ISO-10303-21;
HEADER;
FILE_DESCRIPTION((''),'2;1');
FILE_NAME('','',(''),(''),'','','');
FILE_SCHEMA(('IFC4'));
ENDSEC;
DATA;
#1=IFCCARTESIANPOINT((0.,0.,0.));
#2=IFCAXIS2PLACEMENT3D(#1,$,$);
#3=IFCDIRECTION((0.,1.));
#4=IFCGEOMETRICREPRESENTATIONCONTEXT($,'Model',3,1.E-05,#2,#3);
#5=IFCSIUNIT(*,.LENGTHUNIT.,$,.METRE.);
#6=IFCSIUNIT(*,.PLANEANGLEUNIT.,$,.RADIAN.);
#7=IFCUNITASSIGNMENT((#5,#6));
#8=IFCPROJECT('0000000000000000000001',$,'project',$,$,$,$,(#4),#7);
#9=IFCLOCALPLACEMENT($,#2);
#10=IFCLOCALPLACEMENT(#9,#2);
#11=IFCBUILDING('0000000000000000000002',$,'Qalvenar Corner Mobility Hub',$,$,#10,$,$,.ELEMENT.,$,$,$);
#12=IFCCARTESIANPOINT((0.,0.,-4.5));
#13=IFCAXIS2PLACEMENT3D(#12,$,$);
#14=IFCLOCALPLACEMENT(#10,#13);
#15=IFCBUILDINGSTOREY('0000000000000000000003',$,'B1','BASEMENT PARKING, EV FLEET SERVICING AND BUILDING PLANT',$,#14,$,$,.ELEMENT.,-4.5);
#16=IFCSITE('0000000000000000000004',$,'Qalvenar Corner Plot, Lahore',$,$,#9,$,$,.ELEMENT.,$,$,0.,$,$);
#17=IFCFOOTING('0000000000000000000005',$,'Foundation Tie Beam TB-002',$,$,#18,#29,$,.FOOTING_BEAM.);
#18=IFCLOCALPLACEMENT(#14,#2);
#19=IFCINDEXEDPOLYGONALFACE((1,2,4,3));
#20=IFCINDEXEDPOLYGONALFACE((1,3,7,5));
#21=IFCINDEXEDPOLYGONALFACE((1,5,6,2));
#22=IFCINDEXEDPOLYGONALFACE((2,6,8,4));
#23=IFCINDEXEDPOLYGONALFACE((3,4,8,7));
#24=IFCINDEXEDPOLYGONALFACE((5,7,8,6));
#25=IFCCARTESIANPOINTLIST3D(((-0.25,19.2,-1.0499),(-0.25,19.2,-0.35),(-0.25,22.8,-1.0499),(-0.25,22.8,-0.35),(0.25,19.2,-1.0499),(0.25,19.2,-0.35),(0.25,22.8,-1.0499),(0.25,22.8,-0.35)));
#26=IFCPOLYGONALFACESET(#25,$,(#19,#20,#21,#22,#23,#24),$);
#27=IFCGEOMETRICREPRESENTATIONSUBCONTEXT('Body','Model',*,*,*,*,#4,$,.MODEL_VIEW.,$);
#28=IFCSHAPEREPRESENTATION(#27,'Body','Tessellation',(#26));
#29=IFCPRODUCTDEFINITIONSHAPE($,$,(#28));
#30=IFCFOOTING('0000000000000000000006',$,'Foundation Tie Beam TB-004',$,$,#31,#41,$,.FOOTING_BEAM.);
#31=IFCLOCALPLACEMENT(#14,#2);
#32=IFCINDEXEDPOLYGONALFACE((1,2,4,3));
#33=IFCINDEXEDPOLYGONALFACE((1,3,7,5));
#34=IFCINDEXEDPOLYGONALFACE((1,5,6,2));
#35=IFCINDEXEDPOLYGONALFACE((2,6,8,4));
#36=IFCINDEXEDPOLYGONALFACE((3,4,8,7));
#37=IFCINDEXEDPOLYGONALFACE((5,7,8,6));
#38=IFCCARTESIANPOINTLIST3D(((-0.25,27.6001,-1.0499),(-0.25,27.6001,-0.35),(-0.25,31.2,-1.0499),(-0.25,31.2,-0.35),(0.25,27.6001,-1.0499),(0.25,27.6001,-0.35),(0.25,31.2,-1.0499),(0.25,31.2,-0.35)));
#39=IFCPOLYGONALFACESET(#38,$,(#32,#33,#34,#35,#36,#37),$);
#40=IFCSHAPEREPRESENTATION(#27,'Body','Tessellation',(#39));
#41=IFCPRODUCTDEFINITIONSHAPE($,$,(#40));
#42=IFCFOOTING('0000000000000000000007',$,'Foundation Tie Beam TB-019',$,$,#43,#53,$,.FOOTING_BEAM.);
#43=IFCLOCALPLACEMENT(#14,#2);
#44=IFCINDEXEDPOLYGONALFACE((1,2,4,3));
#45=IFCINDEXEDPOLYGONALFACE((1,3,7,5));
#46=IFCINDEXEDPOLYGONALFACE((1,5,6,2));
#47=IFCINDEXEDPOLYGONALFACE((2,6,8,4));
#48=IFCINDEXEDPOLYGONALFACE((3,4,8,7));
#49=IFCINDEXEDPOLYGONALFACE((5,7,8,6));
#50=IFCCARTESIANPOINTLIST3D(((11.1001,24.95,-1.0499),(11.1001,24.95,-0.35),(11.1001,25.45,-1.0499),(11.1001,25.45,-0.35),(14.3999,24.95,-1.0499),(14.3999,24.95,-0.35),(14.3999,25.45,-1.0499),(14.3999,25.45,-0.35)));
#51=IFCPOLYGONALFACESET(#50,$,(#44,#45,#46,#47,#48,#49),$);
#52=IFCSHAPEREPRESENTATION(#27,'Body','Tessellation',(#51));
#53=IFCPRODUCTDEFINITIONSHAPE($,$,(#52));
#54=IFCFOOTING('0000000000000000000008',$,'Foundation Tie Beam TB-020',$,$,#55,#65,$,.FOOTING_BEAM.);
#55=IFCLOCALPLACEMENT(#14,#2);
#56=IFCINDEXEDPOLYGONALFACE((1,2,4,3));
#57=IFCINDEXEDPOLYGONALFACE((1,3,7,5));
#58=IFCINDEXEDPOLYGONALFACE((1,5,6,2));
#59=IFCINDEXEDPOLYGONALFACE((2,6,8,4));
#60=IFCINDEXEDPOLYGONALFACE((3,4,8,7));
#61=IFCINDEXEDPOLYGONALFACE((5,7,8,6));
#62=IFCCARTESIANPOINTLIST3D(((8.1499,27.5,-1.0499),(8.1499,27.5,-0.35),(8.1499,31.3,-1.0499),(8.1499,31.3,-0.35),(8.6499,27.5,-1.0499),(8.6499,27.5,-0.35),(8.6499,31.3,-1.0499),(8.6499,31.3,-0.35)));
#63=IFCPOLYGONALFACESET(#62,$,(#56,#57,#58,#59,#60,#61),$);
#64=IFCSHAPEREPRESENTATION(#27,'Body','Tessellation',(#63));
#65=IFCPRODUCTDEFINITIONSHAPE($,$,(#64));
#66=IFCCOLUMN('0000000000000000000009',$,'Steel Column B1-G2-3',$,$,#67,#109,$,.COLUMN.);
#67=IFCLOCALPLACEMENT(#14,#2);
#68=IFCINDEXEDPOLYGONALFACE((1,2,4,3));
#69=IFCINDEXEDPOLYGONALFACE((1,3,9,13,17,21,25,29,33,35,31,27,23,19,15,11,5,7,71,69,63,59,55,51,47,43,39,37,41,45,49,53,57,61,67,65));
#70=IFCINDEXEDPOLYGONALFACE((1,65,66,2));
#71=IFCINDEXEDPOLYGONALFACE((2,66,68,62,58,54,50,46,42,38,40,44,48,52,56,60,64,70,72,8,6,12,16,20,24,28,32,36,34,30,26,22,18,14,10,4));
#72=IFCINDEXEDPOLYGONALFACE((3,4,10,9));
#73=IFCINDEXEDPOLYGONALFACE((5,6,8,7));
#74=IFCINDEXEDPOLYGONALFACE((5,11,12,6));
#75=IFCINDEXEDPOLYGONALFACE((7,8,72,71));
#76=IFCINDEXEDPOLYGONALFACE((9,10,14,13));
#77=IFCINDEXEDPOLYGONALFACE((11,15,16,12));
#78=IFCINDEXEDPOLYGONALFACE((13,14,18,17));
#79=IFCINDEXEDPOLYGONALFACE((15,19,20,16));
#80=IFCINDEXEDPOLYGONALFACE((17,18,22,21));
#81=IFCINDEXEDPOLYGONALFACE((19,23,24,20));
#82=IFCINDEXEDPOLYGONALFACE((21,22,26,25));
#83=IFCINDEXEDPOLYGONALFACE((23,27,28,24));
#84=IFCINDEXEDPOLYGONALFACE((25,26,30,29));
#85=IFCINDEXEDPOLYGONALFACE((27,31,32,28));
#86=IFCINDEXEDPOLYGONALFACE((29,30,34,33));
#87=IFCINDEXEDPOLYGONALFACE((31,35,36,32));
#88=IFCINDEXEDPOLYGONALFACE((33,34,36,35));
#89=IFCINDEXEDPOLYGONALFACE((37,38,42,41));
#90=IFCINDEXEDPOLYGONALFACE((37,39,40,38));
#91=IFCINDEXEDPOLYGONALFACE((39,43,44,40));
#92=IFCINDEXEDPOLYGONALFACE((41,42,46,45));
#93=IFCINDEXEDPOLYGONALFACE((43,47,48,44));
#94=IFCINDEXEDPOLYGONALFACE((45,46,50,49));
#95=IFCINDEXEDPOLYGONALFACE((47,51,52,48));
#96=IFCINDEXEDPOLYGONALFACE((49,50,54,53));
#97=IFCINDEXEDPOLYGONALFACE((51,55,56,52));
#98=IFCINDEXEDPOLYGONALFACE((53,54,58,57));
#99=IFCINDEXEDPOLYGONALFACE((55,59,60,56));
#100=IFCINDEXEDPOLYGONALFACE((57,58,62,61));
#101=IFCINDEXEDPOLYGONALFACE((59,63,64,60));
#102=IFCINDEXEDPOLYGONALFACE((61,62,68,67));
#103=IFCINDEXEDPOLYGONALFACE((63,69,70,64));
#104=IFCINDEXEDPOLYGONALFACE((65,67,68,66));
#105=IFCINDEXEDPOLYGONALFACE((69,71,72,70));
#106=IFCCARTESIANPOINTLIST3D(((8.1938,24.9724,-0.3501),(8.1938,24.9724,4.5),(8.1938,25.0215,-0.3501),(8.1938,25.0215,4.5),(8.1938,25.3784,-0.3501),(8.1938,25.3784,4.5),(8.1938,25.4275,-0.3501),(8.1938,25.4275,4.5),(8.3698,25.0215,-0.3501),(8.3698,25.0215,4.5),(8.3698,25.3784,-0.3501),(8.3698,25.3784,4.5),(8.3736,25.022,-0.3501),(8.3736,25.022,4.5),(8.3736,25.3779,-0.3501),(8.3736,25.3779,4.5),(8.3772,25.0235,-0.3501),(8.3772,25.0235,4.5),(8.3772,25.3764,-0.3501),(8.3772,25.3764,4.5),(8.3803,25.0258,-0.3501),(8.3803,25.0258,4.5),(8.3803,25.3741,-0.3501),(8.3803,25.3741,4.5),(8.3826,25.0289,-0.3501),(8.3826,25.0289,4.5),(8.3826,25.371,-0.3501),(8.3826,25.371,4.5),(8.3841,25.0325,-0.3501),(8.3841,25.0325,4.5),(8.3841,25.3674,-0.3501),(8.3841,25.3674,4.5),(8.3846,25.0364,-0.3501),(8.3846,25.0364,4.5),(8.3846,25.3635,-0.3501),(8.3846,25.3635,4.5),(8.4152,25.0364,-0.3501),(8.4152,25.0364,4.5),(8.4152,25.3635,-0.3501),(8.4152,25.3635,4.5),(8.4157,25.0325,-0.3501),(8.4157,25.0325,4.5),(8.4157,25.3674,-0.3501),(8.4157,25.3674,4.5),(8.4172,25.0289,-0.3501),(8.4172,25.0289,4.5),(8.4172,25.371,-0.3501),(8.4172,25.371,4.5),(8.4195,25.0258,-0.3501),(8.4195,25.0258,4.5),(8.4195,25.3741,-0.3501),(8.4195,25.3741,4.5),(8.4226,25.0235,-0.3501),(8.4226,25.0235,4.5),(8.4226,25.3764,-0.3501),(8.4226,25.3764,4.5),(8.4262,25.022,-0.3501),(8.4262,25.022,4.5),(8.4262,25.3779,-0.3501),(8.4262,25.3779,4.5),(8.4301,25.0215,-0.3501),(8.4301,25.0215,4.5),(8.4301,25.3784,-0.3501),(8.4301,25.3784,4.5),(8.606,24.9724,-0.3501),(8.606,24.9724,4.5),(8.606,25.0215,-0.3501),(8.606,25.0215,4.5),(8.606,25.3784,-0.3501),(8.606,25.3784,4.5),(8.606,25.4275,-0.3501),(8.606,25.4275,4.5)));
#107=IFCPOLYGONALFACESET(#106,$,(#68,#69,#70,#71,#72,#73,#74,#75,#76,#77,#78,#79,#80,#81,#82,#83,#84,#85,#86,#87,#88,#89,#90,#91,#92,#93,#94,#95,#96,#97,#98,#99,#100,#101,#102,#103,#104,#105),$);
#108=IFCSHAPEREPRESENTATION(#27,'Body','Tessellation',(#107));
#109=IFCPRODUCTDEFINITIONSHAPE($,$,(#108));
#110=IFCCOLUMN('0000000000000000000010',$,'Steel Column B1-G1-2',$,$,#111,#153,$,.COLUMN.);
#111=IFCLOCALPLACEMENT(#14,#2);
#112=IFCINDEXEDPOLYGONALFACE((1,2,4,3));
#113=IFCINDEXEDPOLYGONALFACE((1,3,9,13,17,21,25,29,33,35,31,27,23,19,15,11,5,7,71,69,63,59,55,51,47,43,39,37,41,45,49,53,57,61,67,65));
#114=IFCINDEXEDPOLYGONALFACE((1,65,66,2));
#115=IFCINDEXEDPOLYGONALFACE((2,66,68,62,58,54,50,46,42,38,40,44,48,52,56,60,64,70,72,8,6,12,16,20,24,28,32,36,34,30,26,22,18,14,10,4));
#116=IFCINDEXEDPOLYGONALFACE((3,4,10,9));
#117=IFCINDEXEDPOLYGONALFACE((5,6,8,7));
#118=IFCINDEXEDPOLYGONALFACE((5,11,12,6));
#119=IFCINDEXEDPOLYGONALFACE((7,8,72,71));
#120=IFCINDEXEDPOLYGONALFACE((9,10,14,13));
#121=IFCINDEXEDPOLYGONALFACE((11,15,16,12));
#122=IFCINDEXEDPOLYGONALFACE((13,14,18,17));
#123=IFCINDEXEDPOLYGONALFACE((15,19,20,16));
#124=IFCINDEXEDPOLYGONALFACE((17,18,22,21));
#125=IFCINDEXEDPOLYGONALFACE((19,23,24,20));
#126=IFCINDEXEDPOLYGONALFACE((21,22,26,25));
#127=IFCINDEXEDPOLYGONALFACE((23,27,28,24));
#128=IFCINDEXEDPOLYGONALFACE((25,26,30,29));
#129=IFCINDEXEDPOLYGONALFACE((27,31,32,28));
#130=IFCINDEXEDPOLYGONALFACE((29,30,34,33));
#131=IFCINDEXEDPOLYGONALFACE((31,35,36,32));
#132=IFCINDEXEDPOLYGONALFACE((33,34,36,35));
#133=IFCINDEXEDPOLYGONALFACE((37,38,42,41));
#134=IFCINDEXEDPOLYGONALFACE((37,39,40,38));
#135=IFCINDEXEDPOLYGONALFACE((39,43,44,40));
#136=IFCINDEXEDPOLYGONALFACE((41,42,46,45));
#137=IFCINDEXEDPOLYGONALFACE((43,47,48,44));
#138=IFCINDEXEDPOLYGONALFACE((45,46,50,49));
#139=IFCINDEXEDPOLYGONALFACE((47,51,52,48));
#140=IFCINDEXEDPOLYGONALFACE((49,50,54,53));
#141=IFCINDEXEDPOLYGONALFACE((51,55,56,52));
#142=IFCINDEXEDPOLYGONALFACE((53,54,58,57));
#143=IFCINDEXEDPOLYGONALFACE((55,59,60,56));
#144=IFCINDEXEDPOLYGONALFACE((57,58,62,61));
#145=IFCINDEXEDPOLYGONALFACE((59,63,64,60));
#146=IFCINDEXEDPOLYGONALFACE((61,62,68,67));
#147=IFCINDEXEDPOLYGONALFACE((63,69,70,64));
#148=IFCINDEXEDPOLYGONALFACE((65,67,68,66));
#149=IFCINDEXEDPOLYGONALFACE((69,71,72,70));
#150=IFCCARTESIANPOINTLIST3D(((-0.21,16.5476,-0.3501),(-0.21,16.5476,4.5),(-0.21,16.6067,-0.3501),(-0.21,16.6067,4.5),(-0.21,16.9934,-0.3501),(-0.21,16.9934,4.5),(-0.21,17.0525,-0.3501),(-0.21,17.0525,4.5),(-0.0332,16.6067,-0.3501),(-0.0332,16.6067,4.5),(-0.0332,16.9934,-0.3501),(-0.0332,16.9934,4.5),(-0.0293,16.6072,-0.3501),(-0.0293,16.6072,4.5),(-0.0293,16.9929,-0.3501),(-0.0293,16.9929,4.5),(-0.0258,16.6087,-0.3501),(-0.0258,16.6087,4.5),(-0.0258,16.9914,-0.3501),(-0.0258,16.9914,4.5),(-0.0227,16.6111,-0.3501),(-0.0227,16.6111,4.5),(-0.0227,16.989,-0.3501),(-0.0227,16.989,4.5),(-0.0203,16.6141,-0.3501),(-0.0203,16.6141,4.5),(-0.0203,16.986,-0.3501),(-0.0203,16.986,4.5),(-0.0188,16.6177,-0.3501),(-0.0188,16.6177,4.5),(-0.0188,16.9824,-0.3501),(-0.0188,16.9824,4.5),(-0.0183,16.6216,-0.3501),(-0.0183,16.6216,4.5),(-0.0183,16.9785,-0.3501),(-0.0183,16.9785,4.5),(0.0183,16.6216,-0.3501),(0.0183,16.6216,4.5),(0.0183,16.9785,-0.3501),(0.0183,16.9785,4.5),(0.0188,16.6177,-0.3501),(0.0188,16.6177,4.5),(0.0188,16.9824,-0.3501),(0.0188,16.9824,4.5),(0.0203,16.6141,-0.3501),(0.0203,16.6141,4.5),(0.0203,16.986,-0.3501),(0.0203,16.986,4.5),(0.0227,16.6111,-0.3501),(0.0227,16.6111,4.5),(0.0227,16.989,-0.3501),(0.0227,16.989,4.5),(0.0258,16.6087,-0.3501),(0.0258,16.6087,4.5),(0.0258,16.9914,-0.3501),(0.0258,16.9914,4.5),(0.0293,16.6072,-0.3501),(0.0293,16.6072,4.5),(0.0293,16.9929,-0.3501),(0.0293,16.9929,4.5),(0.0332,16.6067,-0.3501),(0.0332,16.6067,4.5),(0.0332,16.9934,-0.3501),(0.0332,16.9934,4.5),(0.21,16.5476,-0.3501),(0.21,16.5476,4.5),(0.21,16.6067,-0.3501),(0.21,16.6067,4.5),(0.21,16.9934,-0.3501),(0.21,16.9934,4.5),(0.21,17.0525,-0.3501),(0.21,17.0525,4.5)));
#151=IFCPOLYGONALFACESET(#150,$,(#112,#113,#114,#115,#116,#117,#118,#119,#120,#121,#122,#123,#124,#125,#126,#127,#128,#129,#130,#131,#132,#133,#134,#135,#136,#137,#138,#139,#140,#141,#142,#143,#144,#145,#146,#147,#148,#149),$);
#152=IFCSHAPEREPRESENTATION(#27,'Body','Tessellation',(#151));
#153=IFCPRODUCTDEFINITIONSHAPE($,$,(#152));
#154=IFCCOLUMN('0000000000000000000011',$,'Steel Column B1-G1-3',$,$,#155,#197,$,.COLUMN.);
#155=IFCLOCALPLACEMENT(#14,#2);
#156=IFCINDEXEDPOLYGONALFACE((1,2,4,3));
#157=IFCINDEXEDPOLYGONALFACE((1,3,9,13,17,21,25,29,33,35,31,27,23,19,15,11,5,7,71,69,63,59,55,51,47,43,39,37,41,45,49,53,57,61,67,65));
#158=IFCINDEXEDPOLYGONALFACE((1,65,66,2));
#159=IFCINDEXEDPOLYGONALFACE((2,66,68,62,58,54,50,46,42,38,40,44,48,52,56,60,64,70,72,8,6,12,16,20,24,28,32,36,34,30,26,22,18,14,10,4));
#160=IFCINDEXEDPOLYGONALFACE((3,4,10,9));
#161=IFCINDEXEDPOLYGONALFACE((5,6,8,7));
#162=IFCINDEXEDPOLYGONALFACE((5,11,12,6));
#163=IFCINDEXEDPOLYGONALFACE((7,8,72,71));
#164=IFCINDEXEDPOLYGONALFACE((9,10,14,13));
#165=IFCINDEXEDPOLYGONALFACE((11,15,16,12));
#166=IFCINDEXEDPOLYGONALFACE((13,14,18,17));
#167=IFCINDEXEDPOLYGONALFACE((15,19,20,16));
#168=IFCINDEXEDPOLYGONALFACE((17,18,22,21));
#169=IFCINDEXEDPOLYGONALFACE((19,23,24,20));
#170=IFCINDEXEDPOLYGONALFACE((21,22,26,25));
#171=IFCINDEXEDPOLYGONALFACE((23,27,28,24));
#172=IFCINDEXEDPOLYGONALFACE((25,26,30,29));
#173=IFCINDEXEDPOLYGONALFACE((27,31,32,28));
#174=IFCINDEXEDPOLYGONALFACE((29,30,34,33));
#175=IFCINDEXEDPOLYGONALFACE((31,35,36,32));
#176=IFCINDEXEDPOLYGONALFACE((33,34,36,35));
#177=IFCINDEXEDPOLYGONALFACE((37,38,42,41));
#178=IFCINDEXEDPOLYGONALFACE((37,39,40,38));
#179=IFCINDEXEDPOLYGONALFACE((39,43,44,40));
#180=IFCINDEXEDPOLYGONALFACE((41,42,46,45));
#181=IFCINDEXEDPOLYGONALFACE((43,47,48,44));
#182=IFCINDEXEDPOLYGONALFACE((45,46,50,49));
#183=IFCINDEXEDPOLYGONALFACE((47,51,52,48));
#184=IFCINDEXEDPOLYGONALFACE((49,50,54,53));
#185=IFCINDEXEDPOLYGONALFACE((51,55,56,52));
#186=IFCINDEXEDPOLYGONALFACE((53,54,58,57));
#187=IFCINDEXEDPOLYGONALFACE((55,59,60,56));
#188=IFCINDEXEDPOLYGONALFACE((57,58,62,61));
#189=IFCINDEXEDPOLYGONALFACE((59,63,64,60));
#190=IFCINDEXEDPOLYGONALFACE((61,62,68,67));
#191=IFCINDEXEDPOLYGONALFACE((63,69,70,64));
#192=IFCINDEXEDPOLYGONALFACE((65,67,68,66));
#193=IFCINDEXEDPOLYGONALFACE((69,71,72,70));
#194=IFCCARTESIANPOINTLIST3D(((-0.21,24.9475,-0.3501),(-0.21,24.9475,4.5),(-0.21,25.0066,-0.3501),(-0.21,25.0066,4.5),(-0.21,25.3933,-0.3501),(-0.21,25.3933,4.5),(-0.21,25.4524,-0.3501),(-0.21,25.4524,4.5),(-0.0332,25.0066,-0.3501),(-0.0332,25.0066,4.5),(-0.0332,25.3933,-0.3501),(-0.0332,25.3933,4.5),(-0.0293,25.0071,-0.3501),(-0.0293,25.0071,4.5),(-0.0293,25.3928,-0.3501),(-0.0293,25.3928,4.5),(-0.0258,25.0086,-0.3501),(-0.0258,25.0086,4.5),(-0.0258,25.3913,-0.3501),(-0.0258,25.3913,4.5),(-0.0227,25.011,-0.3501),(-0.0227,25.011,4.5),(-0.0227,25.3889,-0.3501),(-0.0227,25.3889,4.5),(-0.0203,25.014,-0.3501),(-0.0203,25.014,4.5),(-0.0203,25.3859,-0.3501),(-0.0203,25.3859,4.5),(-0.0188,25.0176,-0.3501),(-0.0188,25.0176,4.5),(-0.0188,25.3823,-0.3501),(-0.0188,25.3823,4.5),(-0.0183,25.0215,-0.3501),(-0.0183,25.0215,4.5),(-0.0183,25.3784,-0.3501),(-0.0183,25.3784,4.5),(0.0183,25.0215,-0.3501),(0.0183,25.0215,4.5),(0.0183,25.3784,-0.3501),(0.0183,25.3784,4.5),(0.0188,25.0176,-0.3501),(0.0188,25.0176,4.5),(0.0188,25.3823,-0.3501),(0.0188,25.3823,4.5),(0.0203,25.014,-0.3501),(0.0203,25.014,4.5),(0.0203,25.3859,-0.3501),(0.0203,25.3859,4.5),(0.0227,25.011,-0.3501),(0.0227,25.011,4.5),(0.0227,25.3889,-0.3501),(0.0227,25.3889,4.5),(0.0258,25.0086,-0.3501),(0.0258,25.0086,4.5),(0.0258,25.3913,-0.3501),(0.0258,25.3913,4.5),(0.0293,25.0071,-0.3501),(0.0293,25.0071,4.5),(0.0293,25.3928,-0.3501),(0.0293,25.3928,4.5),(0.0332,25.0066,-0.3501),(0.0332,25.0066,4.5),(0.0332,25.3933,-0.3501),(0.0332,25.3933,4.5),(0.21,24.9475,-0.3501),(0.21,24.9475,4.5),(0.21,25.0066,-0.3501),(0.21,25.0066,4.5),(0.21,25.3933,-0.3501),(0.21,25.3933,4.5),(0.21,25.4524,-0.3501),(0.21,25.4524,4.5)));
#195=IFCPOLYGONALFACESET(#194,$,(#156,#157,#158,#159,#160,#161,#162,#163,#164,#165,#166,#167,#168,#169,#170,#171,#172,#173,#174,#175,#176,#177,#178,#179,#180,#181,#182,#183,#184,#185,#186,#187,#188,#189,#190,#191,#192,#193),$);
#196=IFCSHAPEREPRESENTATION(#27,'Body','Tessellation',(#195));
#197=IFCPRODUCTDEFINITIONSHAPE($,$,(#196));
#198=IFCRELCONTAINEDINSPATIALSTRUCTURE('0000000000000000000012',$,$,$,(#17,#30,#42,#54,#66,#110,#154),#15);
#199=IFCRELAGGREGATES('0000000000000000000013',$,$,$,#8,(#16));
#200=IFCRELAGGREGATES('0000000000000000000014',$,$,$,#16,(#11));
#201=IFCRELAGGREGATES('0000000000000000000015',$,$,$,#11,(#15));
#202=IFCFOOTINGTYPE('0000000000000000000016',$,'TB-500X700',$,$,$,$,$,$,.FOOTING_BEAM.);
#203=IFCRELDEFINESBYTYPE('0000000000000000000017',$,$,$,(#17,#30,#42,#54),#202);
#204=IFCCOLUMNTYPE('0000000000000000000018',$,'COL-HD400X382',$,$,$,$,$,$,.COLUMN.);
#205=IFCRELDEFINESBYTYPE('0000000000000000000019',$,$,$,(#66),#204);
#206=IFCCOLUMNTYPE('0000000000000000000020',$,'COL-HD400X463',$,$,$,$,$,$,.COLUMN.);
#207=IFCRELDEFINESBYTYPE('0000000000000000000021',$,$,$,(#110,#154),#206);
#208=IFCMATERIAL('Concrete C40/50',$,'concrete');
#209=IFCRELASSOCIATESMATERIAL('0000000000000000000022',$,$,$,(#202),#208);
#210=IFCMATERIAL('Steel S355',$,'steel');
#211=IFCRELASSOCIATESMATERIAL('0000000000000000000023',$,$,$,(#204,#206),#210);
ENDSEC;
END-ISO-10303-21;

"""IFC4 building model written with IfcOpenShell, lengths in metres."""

from ifc_helpers import new_model, si_unit, direction, frame, origin, origin_2d, place, context, subcontext, project, spatial, rectangle, i_section, extrude, material, material_profile, profile_set, type_object, element, save


model = new_model("IFC4")

# Units and contexts
model_context = context("Model", 3, precision=1e-05, world=origin(), true_north=direction((0.0, 1.0)))
body_context = subcontext(model_context, "Body", "Model", "MODEL_VIEW")
ifc_project = project(units=[si_unit("LENGTHUNIT", "METRE"), si_unit("PLANEANGLEUNIT", "RADIAN")], contexts=[model_context])

# Site, building, storey
site_placement = place(None, origin())
site = spatial("IfcSite", under=ifc_project, at=site_placement, Name="Qalvenar Corner Plot, Lahore", CompositionType="ELEMENT", RefElevation=0.0)
building_placement = place(site_placement, origin())
building = spatial("IfcBuilding", under=site, at=building_placement, Name="Qalvenar Corner Mobility Hub", CompositionType="ELEMENT")
storey_placement = place(building_placement, frame((0.0, 0.0, -4.5)))
storey = spatial("IfcBuildingStorey", under=building, at=storey_placement, Name="B1", Description="BASEMENT PARKING, EV FLEET SERVICING AND BUILDING PLANT", CompositionType="ELEMENT", Elevation=-4.5)

# Shared definitions
ifc_material_1 = material(Name="Concrete C40/50", Category="concrete")

# Footings
ifc_material_profile_1 = material_profile(ifc_material_1, rectangle(XDim=0.5, YDim=0.7, at=origin_2d()), Name="RC500x700")
ifc_profile_set_1 = profile_set([ifc_material_profile_1], Name="Concrete C40/50")
footing_type_1 = type_object("IfcFootingType", Name="TB-500X700", PredefinedType="FOOTING_BEAM", material=ifc_profile_set_1)
footing_1_placement = place(storey_placement, frame((0.0, 19.2, -0.7), z_axis=(0.0, 1.0, 0.0), x_axis=(-1.0, 0.0, 0.0)))
element("IfcFooting", 1, at=footing_1_placement, inside=storey, type_object=footing_type_1, Name="Foundation Tie Beam TB-002", PredefinedType="FOOTING_BEAM", context=body_context, shape_type="SweptSolid", body=[
    extrude(rectangle(XDim=0.5, YDim=0.7, at=origin_2d()), origin(), (0.0, 0.0, 1.0), 3.6001),
])
footing_2_placement = place(storey_placement, frame((0.0, 27.6001, -0.7), z_axis=(0.0, 1.0, 0.0), x_axis=(-1.0, 0.0, 0.0)))
element("IfcFooting", 2, at=footing_2_placement, inside=storey, type_object=footing_type_1, Name="Foundation Tie Beam TB-004", PredefinedType="FOOTING_BEAM", context=body_context, shape_type="SweptSolid", body=[
    extrude(rectangle(XDim=0.5, YDim=0.7, at=origin_2d()), origin(), (0.0, 0.0, 1.0), 3.5999),
])
footing_3_placement = place(storey_placement, frame((11.1001, 25.2, -0.7), z_axis=(1.0, 0.0, 0.0), x_axis=(0.0, 1.0, 0.0)))
element("IfcFooting", 3, at=footing_3_placement, inside=storey, type_object=footing_type_1, Name="Foundation Tie Beam TB-019", PredefinedType="FOOTING_BEAM", context=body_context, shape_type="SweptSolid", body=[
    extrude(rectangle(XDim=0.5, YDim=0.7, at=origin_2d()), origin(), (0.0, 0.0, 1.0), 3.2998),
])
footing_4_placement = place(storey_placement, frame((8.3999, 27.5, -0.7), z_axis=(0.0, 1.0, 0.0), x_axis=(-1.0, 0.0, 0.0)))
element("IfcFooting", 4, at=footing_4_placement, inside=storey, type_object=footing_type_1, Name="Foundation Tie Beam TB-020", PredefinedType="FOOTING_BEAM", context=body_context, shape_type="SweptSolid", body=[
    extrude(rectangle(XDim=0.5, YDim=0.7, at=origin_2d()), origin(), (0.0, 0.0, 1.0), 3.8),
])

# Columns
ifc_material_2 = material(Name="Steel S355", Category="steel")
ifc_material_profile_2 = material_profile(ifc_material_2, i_section(OverallWidth=0.4121, OverallDepth=0.4551, WebThickness=0.0305, FlangeThickness=0.0491, FilletRadius=0.0149, at=origin_2d()), Name="HD400x421")
ifc_profile_set_2 = profile_set([ifc_material_profile_2], Name="Steel S355")
column_type_1 = type_object("IfcColumnType", Name="COL-HD400X382", PredefinedType="COLUMN", material=ifc_profile_set_2)
column_placement = place(storey_placement, frame((8.3999, 25.2, -0.3501), z_axis=(0.0, 0.0, 1.0), x_axis=(1.0, 0.0, 0.0)))
element("IfcColumn", 5, at=column_placement, inside=storey, type_object=column_type_1, Name="Steel Column B1-G2-3", PredefinedType="COLUMN", context=body_context, shape_type="SweptSolid", body=[
    extrude(i_section(OverallWidth=0.4121, OverallDepth=0.4551, WebThickness=0.0305, FlangeThickness=0.0491, FilletRadius=0.0149, at=origin_2d()), origin(), (0.0, 0.0, 1.0), 4.8501),
])
ifc_material_profile_3 = material_profile(ifc_material_2, i_section(OverallWidth=0.4199, OverallDepth=0.5049, WebThickness=0.0366, FlangeThickness=0.0591, FilletRadius=0.0149, at=origin_2d()), Name="HD400x551")
ifc_profile_set_3 = profile_set([ifc_material_profile_3], Name="Steel S355")
column_type_2 = type_object("IfcColumnType", Name="COL-HD400X463", PredefinedType="COLUMN", material=ifc_profile_set_3)
for number, where, z_axis, x_axis, name in (
    (6, (0.0, 16.8, -0.3501), (0.0, 0.0, 1.0), (1.0, 0.0, 0.0), "Steel Column B1-G1-2"),
    (7, (0.0, 25.2, -0.3501), (0.0, 0.0, 1.0), (1.0, 0.0, 0.0), "Steel Column B1-G1-3"),
):
    element("IfcColumn", number, at=place(storey_placement, frame(where, z_axis=z_axis, x_axis=x_axis)), inside=storey, type_object=column_type_2, Name=name, PredefinedType="COLUMN", context=body_context, shape_type="SweptSolid", body=[
        extrude(i_section(OverallWidth=0.4199, OverallDepth=0.5049, WebThickness=0.0366, FlangeThickness=0.0591, FilletRadius=0.0149, at=origin_2d()), origin(), (0.0, 0.0, 1.0), 4.8501),
    ])

save(model, "model.ifc")
